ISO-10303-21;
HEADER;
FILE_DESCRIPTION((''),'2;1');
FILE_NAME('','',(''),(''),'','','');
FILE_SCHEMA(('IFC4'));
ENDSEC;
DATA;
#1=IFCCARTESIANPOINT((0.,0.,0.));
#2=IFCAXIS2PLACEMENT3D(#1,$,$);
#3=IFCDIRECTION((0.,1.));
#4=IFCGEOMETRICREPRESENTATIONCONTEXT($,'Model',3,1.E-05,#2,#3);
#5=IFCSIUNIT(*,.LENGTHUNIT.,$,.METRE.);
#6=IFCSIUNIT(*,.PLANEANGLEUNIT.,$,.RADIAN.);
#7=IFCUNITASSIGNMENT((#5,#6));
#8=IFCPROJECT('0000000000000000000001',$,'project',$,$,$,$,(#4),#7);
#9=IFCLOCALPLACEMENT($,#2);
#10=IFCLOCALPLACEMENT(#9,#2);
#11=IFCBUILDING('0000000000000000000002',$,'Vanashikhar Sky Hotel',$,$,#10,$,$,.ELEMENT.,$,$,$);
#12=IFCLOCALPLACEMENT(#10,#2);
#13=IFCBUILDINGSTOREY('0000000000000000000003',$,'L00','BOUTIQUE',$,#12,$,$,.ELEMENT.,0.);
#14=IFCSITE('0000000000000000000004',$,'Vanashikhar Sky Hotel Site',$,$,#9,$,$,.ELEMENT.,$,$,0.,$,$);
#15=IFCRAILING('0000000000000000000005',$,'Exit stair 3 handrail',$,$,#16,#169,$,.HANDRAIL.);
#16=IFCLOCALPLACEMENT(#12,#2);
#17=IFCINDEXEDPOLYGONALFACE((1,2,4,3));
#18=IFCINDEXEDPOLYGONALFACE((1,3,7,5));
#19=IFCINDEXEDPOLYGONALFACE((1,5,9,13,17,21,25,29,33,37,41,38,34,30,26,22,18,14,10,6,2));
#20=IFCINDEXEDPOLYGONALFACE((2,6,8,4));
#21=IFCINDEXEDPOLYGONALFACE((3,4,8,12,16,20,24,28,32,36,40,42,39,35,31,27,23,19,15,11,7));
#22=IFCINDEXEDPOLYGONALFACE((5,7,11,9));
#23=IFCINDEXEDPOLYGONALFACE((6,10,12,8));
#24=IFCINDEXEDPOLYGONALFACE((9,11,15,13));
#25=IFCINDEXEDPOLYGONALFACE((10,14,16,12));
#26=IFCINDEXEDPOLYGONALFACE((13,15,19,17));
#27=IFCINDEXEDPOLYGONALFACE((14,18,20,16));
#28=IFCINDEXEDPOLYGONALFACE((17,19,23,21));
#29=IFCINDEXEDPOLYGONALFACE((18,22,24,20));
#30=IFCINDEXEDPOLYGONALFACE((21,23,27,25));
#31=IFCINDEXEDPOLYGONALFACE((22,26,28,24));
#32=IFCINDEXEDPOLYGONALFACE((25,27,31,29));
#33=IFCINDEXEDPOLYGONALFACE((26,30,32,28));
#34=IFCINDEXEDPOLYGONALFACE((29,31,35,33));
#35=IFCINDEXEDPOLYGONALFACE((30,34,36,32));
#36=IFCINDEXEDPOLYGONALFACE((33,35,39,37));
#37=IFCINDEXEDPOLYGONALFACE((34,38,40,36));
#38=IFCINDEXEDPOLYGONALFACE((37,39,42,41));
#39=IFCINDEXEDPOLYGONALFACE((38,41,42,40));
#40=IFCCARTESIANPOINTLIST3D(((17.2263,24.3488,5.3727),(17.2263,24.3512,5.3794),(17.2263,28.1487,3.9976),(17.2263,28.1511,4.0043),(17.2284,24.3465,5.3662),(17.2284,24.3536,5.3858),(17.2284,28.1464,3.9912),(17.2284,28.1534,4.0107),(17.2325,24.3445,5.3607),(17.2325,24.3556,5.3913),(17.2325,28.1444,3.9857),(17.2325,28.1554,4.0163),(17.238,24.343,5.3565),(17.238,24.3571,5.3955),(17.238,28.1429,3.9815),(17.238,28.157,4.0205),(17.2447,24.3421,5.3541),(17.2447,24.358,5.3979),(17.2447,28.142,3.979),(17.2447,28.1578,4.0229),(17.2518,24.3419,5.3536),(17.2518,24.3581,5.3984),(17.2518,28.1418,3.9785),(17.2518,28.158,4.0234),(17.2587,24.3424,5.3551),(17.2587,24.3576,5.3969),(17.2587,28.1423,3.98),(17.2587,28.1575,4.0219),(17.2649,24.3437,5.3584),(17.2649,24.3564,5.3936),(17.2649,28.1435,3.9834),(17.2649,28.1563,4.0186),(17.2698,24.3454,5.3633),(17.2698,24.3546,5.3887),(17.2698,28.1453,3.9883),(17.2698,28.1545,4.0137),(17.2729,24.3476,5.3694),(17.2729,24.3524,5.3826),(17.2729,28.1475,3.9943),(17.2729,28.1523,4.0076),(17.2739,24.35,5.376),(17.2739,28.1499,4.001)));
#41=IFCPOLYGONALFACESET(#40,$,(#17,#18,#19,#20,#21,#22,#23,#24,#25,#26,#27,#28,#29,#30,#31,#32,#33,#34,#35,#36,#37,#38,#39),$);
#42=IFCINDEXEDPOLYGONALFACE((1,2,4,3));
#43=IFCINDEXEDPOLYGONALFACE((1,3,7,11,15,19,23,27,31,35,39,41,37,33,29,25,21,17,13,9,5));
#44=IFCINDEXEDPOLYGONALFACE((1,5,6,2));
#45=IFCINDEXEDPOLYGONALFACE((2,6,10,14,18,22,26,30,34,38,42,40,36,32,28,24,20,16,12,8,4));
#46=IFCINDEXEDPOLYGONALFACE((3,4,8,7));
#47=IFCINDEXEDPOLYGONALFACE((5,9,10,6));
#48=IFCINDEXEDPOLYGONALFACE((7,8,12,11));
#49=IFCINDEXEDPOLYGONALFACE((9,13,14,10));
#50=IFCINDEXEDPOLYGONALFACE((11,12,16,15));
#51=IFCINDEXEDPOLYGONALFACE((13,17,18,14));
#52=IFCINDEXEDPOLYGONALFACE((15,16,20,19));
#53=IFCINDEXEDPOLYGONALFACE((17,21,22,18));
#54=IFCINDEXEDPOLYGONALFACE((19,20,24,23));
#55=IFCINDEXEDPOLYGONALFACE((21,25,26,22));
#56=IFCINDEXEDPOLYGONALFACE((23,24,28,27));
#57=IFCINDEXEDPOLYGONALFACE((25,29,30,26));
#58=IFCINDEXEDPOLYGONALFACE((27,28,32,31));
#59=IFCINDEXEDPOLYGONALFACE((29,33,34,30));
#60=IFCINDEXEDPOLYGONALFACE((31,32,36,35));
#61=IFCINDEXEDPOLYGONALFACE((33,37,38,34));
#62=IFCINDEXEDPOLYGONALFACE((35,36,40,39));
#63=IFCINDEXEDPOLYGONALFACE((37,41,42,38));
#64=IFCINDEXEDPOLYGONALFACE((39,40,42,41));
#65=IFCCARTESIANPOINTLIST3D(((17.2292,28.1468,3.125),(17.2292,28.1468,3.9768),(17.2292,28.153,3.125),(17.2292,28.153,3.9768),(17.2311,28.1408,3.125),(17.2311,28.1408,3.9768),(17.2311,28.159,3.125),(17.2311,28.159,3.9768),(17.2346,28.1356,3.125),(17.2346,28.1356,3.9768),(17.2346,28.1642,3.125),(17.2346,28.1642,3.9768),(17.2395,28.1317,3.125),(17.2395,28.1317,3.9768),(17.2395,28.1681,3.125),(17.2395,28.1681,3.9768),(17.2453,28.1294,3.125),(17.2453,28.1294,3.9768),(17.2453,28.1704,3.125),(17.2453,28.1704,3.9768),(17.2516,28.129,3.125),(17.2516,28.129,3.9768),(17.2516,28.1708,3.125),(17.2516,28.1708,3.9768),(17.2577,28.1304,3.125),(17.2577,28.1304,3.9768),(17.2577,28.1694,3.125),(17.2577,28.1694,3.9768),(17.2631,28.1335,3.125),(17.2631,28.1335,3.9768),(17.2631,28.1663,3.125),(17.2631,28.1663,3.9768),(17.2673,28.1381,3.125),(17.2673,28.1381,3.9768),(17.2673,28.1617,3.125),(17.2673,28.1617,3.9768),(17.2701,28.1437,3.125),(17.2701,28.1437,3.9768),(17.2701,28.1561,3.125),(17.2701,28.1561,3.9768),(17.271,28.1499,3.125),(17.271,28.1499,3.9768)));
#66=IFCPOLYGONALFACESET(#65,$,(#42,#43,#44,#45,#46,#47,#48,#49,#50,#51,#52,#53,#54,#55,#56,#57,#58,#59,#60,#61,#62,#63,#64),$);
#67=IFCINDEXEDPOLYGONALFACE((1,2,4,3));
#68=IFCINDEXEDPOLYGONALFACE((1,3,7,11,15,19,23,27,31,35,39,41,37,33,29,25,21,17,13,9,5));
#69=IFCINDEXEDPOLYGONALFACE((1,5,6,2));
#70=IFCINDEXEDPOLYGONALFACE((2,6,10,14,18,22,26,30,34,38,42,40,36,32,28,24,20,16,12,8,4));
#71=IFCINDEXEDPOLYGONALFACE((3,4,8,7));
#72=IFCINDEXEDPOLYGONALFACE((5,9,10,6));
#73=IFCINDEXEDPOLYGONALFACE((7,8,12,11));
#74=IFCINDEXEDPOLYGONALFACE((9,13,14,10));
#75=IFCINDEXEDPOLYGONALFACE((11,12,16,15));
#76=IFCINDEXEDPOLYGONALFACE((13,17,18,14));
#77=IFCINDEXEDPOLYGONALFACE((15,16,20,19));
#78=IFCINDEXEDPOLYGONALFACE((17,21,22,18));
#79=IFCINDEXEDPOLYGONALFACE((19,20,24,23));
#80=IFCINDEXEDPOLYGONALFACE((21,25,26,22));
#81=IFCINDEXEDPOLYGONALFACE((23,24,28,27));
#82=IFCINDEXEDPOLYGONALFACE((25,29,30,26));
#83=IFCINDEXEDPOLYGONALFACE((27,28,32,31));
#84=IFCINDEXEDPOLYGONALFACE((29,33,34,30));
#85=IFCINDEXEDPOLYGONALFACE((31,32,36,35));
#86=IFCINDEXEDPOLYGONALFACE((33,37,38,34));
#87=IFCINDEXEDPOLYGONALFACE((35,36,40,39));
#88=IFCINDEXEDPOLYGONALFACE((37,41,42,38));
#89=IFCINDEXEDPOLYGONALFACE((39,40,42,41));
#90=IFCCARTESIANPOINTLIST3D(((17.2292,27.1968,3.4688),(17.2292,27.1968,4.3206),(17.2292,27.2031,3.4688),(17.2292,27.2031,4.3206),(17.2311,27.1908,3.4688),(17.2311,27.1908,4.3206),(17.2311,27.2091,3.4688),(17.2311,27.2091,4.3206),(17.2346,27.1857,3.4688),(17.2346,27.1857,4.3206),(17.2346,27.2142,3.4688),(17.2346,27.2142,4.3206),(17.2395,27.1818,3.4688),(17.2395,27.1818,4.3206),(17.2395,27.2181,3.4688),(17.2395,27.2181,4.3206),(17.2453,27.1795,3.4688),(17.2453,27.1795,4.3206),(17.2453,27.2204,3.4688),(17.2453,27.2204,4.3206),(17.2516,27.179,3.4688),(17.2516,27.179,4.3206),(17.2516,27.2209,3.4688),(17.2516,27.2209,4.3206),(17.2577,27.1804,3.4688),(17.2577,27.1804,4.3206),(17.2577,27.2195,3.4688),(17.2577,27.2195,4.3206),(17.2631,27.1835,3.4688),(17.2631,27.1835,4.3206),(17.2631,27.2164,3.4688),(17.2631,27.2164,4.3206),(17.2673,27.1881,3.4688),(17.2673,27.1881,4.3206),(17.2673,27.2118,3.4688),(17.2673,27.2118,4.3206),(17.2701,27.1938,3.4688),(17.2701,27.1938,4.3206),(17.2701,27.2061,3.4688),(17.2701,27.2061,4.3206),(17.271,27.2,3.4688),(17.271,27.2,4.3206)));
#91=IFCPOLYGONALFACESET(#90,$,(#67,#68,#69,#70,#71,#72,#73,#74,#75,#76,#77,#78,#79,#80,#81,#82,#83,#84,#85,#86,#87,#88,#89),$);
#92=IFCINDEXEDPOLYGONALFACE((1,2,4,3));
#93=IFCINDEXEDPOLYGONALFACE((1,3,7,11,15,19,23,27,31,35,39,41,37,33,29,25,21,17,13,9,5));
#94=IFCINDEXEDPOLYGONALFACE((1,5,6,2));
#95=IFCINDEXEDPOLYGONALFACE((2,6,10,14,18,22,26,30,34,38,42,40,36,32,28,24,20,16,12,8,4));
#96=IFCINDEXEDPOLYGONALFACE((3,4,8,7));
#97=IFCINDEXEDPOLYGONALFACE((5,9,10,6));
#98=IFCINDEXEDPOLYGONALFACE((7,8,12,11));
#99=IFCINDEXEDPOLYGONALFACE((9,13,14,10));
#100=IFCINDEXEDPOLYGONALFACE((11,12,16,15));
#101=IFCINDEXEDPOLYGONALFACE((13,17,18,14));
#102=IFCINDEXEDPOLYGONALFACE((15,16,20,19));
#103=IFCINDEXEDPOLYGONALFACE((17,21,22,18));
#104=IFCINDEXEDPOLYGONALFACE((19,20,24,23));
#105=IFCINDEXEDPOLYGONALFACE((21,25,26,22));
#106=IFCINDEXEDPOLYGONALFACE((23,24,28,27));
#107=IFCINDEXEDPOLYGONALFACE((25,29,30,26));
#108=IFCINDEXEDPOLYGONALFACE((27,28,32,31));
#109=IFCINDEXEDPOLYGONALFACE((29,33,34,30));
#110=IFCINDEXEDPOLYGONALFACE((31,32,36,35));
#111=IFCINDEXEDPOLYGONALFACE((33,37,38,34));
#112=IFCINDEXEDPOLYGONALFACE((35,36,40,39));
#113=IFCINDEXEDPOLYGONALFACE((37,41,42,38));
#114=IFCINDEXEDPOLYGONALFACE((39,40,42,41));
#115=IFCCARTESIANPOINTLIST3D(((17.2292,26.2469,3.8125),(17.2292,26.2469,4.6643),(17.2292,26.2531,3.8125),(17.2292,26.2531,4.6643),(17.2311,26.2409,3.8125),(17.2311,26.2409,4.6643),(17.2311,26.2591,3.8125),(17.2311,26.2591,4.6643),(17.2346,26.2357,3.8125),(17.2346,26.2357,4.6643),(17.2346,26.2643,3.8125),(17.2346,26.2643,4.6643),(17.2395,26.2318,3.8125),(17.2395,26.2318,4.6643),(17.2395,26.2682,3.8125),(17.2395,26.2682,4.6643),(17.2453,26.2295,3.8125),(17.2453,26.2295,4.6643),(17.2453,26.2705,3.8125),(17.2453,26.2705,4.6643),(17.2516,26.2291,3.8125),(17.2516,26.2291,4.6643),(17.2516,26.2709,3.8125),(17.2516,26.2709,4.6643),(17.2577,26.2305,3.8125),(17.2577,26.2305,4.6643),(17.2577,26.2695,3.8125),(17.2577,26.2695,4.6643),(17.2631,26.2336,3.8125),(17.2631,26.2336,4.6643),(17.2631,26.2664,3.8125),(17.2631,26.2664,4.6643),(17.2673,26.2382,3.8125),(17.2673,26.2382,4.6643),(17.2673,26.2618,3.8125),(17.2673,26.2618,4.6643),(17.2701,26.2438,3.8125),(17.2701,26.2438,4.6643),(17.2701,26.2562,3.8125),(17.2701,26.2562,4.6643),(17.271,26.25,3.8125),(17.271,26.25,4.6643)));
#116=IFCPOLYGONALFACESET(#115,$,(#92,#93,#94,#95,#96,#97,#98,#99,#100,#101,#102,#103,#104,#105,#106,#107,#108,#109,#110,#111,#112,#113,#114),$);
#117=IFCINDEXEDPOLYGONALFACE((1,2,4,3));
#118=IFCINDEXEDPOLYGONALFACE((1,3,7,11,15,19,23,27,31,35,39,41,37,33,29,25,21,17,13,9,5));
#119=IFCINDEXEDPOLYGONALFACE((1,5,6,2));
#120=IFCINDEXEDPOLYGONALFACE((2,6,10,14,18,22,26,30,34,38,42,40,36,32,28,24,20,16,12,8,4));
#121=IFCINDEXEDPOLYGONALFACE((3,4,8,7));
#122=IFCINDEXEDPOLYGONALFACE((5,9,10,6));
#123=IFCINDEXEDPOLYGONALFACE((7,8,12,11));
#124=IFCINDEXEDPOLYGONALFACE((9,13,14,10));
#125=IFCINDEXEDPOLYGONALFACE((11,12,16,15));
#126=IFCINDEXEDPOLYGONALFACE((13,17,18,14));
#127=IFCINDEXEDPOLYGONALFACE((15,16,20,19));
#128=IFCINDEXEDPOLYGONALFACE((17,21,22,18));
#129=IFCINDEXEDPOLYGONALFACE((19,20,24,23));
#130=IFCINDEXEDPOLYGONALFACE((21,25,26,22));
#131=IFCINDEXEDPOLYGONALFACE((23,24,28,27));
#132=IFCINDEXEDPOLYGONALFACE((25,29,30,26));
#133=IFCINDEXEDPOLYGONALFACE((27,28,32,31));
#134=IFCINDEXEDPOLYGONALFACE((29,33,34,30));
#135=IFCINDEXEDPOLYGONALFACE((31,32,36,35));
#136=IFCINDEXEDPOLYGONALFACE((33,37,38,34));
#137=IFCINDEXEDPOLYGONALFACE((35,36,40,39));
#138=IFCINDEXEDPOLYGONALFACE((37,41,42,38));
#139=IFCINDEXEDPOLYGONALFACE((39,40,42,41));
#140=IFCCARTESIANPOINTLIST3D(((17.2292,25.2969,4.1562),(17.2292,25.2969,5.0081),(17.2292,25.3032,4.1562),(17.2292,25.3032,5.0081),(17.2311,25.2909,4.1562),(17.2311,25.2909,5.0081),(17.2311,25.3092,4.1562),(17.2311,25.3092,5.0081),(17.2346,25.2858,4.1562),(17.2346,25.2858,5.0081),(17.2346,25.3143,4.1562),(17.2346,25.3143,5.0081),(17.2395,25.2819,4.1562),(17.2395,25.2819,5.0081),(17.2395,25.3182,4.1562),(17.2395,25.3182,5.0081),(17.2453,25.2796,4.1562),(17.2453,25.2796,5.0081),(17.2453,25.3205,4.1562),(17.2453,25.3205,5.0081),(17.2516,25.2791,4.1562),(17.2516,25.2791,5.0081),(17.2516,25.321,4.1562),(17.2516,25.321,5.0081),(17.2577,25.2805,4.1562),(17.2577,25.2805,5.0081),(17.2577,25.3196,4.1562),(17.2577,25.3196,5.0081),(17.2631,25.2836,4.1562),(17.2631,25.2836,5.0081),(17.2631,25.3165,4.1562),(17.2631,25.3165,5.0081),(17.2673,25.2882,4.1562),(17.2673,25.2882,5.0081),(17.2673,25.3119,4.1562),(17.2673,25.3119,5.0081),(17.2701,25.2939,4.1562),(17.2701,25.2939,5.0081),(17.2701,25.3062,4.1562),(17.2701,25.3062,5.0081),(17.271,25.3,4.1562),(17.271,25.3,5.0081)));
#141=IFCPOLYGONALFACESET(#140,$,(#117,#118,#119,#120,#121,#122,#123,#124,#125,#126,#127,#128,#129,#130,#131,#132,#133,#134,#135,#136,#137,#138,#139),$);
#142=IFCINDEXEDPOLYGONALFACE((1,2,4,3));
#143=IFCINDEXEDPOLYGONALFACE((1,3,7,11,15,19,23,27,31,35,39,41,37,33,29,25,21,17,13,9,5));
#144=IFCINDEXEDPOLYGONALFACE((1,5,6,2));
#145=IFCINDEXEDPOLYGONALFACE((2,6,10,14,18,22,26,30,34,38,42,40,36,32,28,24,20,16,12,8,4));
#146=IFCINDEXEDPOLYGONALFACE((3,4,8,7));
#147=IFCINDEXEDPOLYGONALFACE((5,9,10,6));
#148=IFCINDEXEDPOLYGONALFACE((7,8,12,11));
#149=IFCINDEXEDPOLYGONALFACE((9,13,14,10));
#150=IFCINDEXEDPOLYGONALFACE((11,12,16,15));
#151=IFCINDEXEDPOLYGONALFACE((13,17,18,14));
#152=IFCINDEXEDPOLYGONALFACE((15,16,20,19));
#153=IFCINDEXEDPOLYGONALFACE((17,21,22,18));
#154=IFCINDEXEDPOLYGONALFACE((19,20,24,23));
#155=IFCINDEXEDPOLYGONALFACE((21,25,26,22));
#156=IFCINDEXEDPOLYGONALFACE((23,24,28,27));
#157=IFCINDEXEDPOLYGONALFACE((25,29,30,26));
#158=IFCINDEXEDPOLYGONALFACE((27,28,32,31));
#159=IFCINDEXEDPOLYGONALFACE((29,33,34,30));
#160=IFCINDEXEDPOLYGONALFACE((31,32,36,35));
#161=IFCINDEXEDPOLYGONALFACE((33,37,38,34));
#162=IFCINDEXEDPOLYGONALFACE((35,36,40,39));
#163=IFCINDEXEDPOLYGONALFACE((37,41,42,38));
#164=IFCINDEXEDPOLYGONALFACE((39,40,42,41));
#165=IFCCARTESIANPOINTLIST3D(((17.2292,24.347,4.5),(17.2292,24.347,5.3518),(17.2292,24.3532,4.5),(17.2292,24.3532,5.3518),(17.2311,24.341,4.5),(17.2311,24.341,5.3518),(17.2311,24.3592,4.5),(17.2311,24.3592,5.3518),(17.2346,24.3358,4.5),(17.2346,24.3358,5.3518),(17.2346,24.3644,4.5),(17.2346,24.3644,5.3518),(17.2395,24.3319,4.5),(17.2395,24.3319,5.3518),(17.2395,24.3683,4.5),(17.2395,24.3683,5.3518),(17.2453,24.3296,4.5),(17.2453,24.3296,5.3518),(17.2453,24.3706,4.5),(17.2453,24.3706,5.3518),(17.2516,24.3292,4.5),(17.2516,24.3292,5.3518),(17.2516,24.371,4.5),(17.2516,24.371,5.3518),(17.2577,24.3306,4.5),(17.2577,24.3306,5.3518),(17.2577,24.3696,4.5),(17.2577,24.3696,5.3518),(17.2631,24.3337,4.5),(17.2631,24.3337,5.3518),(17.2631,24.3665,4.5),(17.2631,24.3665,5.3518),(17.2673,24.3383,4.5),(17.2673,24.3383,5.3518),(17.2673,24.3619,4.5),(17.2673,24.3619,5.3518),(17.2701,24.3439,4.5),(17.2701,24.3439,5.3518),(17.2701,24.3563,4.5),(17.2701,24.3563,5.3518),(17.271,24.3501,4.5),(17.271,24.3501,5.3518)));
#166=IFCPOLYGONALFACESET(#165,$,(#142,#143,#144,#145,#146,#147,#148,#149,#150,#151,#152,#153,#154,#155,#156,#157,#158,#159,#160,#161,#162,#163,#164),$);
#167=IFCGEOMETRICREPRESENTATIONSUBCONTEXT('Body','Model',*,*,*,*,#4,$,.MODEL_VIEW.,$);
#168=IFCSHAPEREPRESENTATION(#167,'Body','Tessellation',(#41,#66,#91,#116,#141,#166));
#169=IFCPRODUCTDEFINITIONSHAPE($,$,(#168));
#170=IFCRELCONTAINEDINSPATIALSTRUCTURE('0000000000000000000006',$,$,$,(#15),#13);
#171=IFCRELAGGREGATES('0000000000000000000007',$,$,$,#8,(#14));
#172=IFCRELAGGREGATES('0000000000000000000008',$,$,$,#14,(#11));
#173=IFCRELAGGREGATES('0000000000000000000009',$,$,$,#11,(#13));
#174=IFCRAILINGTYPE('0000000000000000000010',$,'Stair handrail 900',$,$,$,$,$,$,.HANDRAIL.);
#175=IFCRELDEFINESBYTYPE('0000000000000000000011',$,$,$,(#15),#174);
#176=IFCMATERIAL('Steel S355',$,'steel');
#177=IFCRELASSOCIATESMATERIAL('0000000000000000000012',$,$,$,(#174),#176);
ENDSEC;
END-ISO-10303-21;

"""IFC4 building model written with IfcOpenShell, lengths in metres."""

from ifc_helpers import new_model, si_unit, direction, frame, origin, origin_2d, place, context, subcontext, project, spatial, circle, extrude, source, transform, mapped, material, type_object, element, save


model = new_model("IFC4")

# Units and contexts
model_context = context("Model", 3, precision=1e-05, world=origin(), true_north=direction((0.0, 1.0)))
body_context = subcontext(model_context, "Body", "Model", "MODEL_VIEW")
ifc_project = project(units=[si_unit("LENGTHUNIT", "METRE"), si_unit("PLANEANGLEUNIT", "RADIAN")], contexts=[model_context])

# Site, building, storey
site_placement = place(None, origin())
site = spatial("IfcSite", under=ifc_project, at=site_placement, Name="Vanashikhar Sky Hotel Site", CompositionType="ELEMENT", RefElevation=0.0)
building_placement = place(site_placement, origin())
building = spatial("IfcBuilding", under=site, at=building_placement, Name="Vanashikhar Sky Hotel", CompositionType="ELEMENT")
storey_placement = place(building_placement, origin())
storey = spatial("IfcBuildingStorey", under=building, at=storey_placement, Name="L00", Description="BOUTIQUE", CompositionType="ELEMENT", Elevation=0.0)

# Railing
ifc_material_1 = material(Name="Steel S355", Category="steel")
railing_type = type_object("IfcRailingType", Name="Stair handrail 900", PredefinedType="HANDRAIL", material=ifc_material_1)
shared_shape_1 = source(origin(), body_context, "Body", "SweptSolid", [
    extrude(circle(Radius=0.0239, at=origin_2d()), frame((0.0, 0.0, 0.876), z_axis=(0.0, -0.940329, 0.340268), x_axis=(1.0, 0.0, 0.0)), (0.0, 0.0, 1.0), 4.041),
    extrude(circle(Radius=0.021, at=origin_2d()), origin(), (0.0, 0.0, 1.0), 0.8518),
    extrude(circle(Radius=0.021, at=origin_2d()), frame((0.0, -0.95, 0.3438)), (0.0, 0.0, 1.0), 0.8518),
    extrude(circle(Radius=0.021, at=origin_2d()), frame((0.0, -1.8999, 0.6875)), (0.0, 0.0, 1.0), 0.8518),
    extrude(circle(Radius=0.021, at=origin_2d()), frame((0.0, -2.8499, 1.0312)), (0.0, 0.0, 1.0), 0.8518),
    extrude(circle(Radius=0.021, at=origin_2d()), frame((0.0, -3.7998, 1.375)), (0.0, 0.0, 1.0), 0.8518),
])
for number, where, name in (
    (1, (17.25, 28.1499, 3.125), "Exit stair 3 handrail"),
):
    element("IfcRailing", number, at=place(storey_placement, frame(where)), inside=storey, type_object=railing_type, Name=name, PredefinedType="HANDRAIL", context=body_context, shape_type="MappedRepresentation", body=[
        mapped(shared_shape_1, transform((0.0, 0.0, 0.0), scale=1.0)),
    ])

save(model, "model.ifc")
